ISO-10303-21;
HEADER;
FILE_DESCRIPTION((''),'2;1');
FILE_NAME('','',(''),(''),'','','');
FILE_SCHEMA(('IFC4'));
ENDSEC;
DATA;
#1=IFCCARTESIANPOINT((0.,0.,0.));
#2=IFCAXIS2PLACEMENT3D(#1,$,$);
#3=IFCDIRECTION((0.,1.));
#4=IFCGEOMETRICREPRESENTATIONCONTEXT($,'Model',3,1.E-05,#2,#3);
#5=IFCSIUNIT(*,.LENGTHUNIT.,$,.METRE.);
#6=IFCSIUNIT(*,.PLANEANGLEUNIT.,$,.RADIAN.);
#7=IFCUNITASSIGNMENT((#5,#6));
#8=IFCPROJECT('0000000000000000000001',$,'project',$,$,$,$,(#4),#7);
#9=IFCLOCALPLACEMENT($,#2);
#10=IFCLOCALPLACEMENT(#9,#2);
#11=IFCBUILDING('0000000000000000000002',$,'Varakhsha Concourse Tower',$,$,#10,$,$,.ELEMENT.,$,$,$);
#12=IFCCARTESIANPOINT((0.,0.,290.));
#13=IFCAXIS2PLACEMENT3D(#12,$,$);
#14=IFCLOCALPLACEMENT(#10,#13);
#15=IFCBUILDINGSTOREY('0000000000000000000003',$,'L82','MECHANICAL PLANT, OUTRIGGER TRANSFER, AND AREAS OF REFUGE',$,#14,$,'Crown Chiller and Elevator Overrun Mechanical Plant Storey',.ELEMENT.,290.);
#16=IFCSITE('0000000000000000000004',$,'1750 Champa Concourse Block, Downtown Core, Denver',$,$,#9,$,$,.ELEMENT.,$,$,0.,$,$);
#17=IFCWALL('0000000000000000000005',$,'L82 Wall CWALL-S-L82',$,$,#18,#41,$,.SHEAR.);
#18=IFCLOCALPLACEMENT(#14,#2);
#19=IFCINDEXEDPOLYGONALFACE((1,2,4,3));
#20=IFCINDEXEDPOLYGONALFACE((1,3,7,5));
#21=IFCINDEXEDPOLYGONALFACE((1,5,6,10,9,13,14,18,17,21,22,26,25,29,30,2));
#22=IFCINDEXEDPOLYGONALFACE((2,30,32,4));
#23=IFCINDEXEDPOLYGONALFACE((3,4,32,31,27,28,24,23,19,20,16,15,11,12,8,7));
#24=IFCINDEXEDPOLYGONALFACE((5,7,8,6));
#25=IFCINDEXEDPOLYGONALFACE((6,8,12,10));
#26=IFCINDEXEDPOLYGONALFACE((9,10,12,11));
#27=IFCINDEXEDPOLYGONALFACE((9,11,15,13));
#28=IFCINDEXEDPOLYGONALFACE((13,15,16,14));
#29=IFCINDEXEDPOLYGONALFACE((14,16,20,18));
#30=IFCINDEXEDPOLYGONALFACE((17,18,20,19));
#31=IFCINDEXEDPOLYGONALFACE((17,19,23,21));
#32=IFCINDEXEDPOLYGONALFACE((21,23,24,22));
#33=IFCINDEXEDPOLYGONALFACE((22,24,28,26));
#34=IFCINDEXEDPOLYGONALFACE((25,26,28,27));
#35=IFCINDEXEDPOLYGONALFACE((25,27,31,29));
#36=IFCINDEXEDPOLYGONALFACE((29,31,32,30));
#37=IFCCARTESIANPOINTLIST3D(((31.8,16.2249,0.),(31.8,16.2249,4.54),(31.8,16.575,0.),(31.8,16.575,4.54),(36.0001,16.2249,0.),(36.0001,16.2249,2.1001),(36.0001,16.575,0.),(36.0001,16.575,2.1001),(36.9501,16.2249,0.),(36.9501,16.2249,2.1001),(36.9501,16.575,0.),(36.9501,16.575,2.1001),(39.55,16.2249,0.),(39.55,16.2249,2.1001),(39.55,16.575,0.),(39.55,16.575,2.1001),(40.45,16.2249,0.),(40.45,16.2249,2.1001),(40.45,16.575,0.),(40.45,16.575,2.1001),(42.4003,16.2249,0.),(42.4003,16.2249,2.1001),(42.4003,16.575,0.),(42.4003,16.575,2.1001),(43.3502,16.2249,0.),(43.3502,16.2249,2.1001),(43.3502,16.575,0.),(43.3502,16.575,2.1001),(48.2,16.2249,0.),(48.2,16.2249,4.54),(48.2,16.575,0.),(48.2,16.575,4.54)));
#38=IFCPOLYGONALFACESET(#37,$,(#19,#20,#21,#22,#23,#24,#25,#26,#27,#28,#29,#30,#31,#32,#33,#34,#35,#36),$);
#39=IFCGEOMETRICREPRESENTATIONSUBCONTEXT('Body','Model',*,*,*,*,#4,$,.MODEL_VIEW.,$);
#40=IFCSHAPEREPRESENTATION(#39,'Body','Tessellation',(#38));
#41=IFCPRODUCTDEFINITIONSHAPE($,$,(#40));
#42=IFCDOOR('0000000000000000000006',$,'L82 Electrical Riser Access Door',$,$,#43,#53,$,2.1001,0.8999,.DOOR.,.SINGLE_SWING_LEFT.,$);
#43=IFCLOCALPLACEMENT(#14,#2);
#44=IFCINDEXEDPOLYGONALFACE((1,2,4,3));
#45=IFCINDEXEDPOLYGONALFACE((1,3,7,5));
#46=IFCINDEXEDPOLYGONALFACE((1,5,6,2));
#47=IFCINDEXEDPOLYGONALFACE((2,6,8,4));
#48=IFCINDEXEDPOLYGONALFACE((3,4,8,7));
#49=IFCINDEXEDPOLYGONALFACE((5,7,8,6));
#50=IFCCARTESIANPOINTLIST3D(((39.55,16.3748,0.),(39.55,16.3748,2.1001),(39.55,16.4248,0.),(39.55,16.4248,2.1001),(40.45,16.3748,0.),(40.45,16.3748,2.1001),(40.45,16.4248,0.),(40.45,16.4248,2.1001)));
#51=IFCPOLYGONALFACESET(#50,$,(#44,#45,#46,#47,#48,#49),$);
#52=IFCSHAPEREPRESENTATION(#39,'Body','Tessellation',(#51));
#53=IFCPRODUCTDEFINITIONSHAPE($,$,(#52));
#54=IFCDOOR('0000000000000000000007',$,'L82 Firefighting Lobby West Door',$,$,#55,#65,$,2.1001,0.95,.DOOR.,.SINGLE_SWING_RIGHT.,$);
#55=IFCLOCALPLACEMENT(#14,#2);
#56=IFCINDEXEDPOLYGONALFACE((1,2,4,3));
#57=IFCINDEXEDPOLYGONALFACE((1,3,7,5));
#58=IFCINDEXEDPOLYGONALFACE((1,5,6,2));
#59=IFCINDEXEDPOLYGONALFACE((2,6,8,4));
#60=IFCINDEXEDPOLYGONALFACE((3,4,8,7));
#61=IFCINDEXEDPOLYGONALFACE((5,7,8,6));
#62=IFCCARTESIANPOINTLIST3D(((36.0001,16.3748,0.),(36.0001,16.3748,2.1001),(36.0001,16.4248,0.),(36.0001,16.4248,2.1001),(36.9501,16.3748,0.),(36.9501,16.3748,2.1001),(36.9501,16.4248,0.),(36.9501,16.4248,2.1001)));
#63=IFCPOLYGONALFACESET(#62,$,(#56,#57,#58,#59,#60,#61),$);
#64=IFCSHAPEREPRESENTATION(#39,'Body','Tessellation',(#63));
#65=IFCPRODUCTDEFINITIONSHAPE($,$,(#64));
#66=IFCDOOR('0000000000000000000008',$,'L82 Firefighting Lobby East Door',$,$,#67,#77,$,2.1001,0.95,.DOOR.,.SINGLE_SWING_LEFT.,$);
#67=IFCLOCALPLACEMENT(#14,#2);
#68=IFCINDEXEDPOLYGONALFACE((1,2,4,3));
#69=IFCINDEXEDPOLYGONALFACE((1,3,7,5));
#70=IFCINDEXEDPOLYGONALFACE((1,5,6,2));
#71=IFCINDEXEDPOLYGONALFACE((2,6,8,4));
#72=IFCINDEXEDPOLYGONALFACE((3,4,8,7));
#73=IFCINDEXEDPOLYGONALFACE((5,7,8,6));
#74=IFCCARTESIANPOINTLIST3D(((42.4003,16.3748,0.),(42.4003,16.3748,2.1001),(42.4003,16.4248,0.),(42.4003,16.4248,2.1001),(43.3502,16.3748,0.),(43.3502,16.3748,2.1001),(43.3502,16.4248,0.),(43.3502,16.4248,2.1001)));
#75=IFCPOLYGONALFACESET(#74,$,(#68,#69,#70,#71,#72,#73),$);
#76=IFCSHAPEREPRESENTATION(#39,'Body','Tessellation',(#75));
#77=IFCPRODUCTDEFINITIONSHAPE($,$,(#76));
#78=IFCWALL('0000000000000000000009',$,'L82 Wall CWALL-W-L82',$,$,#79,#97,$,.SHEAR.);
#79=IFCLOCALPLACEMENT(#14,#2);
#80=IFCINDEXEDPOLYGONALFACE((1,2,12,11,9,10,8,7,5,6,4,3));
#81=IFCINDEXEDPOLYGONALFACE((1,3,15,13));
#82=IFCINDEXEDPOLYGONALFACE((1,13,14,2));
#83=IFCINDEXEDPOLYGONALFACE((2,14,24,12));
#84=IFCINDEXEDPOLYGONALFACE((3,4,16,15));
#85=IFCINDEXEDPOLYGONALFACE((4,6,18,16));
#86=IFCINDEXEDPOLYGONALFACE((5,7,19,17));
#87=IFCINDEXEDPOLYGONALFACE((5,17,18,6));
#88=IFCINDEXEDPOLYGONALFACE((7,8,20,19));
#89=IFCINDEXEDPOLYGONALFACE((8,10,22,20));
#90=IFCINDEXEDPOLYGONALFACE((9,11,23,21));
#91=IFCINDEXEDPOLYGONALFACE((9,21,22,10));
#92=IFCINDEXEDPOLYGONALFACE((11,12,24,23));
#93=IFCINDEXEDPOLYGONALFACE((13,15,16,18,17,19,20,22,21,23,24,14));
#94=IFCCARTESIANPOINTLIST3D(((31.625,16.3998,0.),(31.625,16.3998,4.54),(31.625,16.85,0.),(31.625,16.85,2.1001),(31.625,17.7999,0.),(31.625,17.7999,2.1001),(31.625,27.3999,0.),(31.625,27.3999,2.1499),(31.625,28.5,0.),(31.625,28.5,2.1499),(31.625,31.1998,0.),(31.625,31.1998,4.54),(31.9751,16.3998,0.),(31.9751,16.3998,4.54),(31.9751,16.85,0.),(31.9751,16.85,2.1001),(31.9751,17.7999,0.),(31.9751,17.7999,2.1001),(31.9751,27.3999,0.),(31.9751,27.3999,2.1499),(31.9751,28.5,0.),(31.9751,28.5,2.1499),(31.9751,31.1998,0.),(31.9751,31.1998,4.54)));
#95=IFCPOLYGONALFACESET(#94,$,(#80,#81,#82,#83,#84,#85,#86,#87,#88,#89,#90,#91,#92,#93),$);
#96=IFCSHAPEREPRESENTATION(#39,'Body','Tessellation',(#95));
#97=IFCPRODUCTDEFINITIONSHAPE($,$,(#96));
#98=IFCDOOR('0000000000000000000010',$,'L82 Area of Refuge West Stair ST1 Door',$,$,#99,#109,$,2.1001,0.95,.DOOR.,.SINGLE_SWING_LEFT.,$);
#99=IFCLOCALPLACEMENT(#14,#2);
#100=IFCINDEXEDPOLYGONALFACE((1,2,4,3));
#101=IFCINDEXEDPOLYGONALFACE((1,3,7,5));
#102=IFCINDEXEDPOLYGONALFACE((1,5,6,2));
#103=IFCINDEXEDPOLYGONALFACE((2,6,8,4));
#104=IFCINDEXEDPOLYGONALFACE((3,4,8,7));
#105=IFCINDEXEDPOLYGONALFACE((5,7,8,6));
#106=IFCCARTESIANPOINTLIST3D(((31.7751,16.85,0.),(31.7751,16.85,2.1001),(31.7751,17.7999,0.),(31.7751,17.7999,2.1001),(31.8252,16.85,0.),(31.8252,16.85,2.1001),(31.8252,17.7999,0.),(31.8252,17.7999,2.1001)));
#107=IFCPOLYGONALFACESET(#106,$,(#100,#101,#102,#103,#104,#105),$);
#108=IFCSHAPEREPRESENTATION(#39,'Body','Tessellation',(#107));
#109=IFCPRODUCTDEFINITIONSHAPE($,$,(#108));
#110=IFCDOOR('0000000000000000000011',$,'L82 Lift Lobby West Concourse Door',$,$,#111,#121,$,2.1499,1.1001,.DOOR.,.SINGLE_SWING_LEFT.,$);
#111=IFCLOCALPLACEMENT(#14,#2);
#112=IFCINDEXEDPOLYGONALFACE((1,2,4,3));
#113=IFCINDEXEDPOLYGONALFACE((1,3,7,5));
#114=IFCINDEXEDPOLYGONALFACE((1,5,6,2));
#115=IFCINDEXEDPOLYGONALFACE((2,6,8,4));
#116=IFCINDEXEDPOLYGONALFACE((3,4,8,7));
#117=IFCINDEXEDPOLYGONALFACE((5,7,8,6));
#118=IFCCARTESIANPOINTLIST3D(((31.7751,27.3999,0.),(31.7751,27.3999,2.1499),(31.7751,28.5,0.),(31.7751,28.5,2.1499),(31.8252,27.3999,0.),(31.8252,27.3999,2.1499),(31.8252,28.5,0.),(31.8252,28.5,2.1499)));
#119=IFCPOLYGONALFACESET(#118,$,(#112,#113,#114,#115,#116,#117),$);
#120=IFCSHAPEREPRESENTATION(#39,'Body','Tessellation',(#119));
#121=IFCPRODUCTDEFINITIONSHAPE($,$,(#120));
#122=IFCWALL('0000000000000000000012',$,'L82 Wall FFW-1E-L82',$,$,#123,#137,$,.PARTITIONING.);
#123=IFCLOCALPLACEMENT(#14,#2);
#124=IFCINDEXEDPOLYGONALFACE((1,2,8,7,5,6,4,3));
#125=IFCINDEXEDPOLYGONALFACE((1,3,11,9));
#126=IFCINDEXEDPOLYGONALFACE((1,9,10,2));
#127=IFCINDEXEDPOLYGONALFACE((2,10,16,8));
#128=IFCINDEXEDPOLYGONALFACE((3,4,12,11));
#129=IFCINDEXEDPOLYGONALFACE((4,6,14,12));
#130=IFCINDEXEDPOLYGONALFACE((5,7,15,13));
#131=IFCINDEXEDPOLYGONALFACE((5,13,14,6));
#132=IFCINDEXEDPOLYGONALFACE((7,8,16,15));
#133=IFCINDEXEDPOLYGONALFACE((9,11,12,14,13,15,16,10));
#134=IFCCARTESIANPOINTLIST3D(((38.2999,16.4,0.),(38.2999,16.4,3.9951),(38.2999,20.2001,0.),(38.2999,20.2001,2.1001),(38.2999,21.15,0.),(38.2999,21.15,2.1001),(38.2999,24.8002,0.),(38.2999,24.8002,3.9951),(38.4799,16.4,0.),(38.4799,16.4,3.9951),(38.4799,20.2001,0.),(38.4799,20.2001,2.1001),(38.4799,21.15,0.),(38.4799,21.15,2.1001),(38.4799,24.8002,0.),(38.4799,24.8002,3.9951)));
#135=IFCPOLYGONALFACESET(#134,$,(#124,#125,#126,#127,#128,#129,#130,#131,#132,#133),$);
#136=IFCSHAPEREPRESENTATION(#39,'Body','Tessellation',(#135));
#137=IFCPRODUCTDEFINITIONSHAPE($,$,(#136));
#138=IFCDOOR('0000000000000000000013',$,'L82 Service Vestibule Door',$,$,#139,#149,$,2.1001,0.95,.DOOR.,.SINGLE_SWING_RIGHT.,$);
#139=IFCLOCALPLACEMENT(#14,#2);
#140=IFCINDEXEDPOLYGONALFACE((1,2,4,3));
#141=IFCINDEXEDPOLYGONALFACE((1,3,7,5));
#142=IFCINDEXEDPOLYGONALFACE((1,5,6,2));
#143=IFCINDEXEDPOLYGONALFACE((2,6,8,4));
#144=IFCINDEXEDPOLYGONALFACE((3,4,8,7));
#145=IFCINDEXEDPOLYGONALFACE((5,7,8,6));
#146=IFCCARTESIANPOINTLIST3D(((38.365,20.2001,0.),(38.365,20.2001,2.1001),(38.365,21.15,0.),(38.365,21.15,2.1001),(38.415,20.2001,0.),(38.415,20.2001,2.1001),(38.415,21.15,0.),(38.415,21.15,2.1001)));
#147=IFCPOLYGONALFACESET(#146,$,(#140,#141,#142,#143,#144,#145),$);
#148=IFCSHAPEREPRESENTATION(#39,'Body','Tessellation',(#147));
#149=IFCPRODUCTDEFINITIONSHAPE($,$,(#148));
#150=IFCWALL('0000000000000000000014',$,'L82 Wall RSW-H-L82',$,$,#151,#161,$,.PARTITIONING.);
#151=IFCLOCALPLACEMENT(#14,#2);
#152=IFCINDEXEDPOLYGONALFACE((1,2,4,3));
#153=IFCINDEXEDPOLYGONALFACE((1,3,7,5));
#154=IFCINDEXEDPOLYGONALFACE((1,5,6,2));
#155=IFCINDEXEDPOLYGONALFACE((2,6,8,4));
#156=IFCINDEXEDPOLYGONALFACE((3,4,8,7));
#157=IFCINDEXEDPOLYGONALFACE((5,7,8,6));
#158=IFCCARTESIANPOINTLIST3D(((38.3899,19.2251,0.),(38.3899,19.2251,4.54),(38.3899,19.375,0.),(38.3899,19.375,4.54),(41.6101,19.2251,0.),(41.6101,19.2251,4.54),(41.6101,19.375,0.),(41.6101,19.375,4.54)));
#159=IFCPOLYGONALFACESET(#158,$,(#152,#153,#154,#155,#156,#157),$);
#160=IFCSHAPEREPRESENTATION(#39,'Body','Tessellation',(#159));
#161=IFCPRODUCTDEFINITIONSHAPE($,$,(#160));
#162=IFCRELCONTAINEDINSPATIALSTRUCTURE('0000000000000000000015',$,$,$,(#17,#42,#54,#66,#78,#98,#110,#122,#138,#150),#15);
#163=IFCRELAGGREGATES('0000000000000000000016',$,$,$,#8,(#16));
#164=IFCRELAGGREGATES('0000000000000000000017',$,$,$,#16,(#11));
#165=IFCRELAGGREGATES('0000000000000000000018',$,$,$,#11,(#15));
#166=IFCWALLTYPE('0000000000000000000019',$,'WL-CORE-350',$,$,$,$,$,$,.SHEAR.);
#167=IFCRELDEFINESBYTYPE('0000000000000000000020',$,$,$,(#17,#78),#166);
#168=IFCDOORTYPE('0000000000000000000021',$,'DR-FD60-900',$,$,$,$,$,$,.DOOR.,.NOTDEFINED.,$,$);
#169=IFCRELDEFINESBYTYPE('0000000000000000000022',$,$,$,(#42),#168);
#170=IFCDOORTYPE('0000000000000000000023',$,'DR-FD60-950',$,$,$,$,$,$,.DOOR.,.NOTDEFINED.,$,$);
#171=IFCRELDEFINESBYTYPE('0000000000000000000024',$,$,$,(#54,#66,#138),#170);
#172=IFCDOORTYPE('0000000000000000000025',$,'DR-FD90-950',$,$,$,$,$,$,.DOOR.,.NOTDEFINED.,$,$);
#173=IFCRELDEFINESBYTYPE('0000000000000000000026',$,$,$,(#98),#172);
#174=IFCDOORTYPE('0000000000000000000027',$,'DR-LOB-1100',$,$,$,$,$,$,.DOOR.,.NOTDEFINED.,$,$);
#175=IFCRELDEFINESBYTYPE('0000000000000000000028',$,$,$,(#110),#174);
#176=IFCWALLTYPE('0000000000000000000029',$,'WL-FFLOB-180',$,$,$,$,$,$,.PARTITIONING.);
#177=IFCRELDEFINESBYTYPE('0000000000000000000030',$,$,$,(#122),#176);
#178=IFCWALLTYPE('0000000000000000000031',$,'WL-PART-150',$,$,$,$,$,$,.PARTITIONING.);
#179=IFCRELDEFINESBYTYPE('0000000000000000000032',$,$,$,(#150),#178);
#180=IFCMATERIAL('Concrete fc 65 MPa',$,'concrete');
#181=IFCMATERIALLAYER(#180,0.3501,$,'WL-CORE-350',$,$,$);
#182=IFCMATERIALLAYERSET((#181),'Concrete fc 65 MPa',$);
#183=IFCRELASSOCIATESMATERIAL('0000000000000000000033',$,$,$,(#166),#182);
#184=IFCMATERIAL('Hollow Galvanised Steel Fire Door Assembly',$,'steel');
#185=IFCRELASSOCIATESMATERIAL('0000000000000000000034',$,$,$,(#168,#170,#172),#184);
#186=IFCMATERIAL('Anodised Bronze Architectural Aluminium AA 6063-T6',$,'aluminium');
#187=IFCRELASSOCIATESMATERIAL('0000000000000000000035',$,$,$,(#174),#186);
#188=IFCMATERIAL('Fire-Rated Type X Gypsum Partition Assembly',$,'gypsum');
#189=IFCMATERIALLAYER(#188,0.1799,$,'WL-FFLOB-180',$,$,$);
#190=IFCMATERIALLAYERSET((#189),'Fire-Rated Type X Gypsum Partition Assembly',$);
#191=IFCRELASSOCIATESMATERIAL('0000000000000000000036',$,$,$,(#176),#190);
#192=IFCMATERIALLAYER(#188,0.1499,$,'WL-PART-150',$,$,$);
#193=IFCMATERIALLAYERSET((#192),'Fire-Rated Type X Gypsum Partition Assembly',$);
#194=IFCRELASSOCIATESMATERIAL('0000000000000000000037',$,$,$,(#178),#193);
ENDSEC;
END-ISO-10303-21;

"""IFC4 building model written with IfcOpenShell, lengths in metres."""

from ifc_helpers import new_model, si_unit, direction, frame, frame_2d, origin, place, context, subcontext, project, spatial, rectangle, extrude, material, layer, layer_set, type_object, element, fill, save


model = new_model("IFC4")

# Units and contexts
model_context = context("Model", 3, precision=1e-05, world=origin(), true_north=direction((0.0, 1.0)))
body_context = subcontext(model_context, "Body", "Model", "MODEL_VIEW")
ifc_project = project(units=[si_unit("LENGTHUNIT", "METRE"), si_unit("PLANEANGLEUNIT", "RADIAN")], contexts=[model_context])

# Site, building, storey
site_placement = place(None, origin())
site = spatial("IfcSite", under=ifc_project, at=site_placement, Name="1750 Champa Concourse Block, Downtown Core, Denver", CompositionType="ELEMENT", RefElevation=0.0)
building_placement = place(site_placement, origin())
building = spatial("IfcBuilding", under=site, at=building_placement, Name="Varakhsha Concourse Tower", CompositionType="ELEMENT")
storey_placement = place(building_placement, frame((0.0, 0.0, 290.0)))
storey = spatial("IfcBuildingStorey", under=building, at=storey_placement, Name="L82", Description="MECHANICAL PLANT, OUTRIGGER TRANSFER, AND AREAS OF REFUGE", LongName="Crown Chiller and Elevator Overrun Mechanical Plant Storey", CompositionType="ELEMENT", Elevation=290.0)

# Shared definitions
ifc_material_1 = material(Name="Anodised Bronze Architectural Aluminium AA 6063-T6", Category="aluminium")

# Walls, openings, doors
ifc_material_2 = material(Name="Concrete fc 65 MPa", Category="concrete")
ifc_layer_1 = layer(ifc_material_2, 0.3501, Name="WL-CORE-350")
ifc_layer_set_1 = layer_set([ifc_layer_1], Name="Concrete fc 65 MPa")
wall_type_1 = type_object("IfcWallType", Name="WL-CORE-350", PredefinedType="SHEAR", material=ifc_layer_set_1)
wall_1_placement = place(storey_placement, frame((31.8, 16.3999, 0.0), z_axis=(0.0, 0.0, 1.0), x_axis=(1.0, 0.0, 0.0)))
wall_1 = element("IfcWall", 1, at=wall_1_placement, inside=storey, type_object=wall_type_1, Name="L82 Wall CWALL-S-L82", PredefinedType="SHEAR", context=body_context, shape_type="SweptSolid", body=[
    extrude(rectangle(XDim=16.3999, YDim=0.3501, at=frame_2d((8.2, 0.0))), origin(), (0.0, 0.0, 1.0), 4.54),
])
opening_1_placement = place(wall_1_placement, frame((7.75, 0.0, 0.0)))
opening_1 = element("IfcOpeningElement", 2, at=opening_1_placement, cuts=wall_1, PredefinedType="OPENING", context=body_context, shape_type="SweptSolid", body=[
    extrude(rectangle(XDim=0.8999, YDim=2.1001, at=frame_2d((0.45, 1.05))), frame((0.0, 0.1851, 0.0), z_axis=(0.0, -1.0, 0.0), x_axis=(1.0, 0.0, 0.0)), (0.0, 0.0, 1.0), 0.3701),
])
opening_2_placement = place(wall_1_placement, frame((4.2, 0.0, 0.0)))
opening_2 = element("IfcOpeningElement", 3, at=opening_2_placement, cuts=wall_1, PredefinedType="OPENING", context=body_context, shape_type="SweptSolid", body=[
    extrude(rectangle(XDim=0.95, YDim=2.1001, at=frame_2d((0.4751, 1.05))), frame((0.0, 0.1851, 0.0), z_axis=(0.0, -1.0, 0.0), x_axis=(1.0, 0.0, 0.0)), (0.0, 0.0, 1.0), 0.3701),
])
opening_3_placement = place(wall_1_placement, frame((10.6001, 0.0, 0.0)))
opening_3 = element("IfcOpeningElement", 4, at=opening_3_placement, cuts=wall_1, PredefinedType="OPENING", context=body_context, shape_type="SweptSolid", body=[
    extrude(rectangle(XDim=0.95, YDim=2.1001, at=frame_2d((0.4751, 1.05))), frame((0.0, 0.1851, 0.0), z_axis=(0.0, -1.0, 0.0), x_axis=(1.0, 0.0, 0.0)), (0.0, 0.0, 1.0), 0.3701),
])
ifc_material_3 = material(Name="Hollow Galvanised Steel Fire Door Assembly", Category="steel")
door_type_1 = type_object("IfcDoorType", Name="DR-FD60-900", OperationType="NOTDEFINED", PredefinedType="DOOR", material=ifc_material_3)
door_1_placement = place(opening_1_placement, origin())
door_1 = element("IfcDoor", 5, at=door_1_placement, inside=storey, type_object=door_type_1, Name="L82 Electrical Riser Access Door", OperationType="SINGLE_SWING_LEFT", OverallHeight=2.1001, OverallWidth=0.8999, PredefinedType="DOOR", context=body_context, shape_type="SweptSolid", body=[
    extrude(rectangle(XDim=0.8999, YDim=2.1001, at=frame_2d((0.45, 1.05))), frame((0.0, 0.0249, 0.0), z_axis=(0.0, -1.0, 0.0), x_axis=(1.0, 0.0, 0.0)), (0.0, 0.0, 1.0), 0.05),
])
fill(opening_1, door_1)
door_type_2 = type_object("IfcDoorType", Name="DR-FD60-950", OperationType="NOTDEFINED", PredefinedType="DOOR", material=ifc_material_3)
door_2_placement = place(opening_2_placement, origin())
door_2 = element("IfcDoor", 6, at=door_2_placement, inside=storey, type_object=door_type_2, Name="L82 Firefighting Lobby West Door", OperationType="SINGLE_SWING_RIGHT", OverallHeight=2.1001, OverallWidth=0.95, PredefinedType="DOOR", context=body_context, shape_type="SweptSolid", body=[
    extrude(rectangle(XDim=0.95, YDim=2.1001, at=frame_2d((0.4751, 1.05))), frame((0.0, 0.0249, 0.0), z_axis=(0.0, -1.0, 0.0), x_axis=(1.0, 0.0, 0.0)), (0.0, 0.0, 1.0), 0.05),
])
fill(opening_2, door_2)
door_3_placement = place(opening_3_placement, origin())
door_3 = element("IfcDoor", 7, at=door_3_placement, inside=storey, type_object=door_type_2, Name="L82 Firefighting Lobby East Door", OperationType="SINGLE_SWING_LEFT", OverallHeight=2.1001, OverallWidth=0.95, PredefinedType="DOOR", context=body_context, shape_type="SweptSolid", body=[
    extrude(rectangle(XDim=0.95, YDim=2.1001, at=frame_2d((0.4751, 1.05))), frame((0.0, 0.0249, 0.0), z_axis=(0.0, -1.0, 0.0), x_axis=(1.0, 0.0, 0.0)), (0.0, 0.0, 1.0), 0.05),
])
fill(opening_3, door_3)
wall_2_placement = place(storey_placement, frame((31.8, 16.3999, 0.0), z_axis=(0.0, 0.0, 1.0), x_axis=(0.0, 1.0, 0.0)))
wall_2 = element("IfcWall", 8, at=wall_2_placement, inside=storey, type_object=wall_type_1, Name="L82 Wall CWALL-W-L82", PredefinedType="SHEAR", context=body_context, shape_type="SweptSolid", body=[
    extrude(rectangle(XDim=14.8, YDim=0.3501, at=frame_2d((7.3999, 0.0))), origin(), (0.0, 0.0, 1.0), 4.54),
])
opening_4_placement = place(wall_2_placement, frame((11.0, 0.0, 0.0)))
opening_4 = element("IfcOpeningElement", 9, at=opening_4_placement, cuts=wall_2, PredefinedType="OPENING", context=body_context, shape_type="SweptSolid", body=[
    extrude(rectangle(XDim=1.1001, YDim=2.1499, at=frame_2d((0.55, 1.075))), frame((0.0, 0.1851, 0.0), z_axis=(0.0, -1.0, 0.0), x_axis=(1.0, 0.0, 0.0)), (0.0, 0.0, 1.0), 0.3701),
])
opening_5_placement = place(wall_2_placement, frame((0.45, 0.0, 0.0)))
opening_5 = element("IfcOpeningElement", 10, at=opening_5_placement, cuts=wall_2, PredefinedType="OPENING", context=body_context, shape_type="SweptSolid", body=[
    extrude(rectangle(XDim=0.95, YDim=2.1001, at=frame_2d((0.4751, 1.05))), frame((0.0, 0.1851, 0.0), z_axis=(0.0, -1.0, 0.0), x_axis=(1.0, 0.0, 0.0)), (0.0, 0.0, 1.0), 0.3701),
])
door_type_3 = type_object("IfcDoorType", Name="DR-FD90-950", OperationType="NOTDEFINED", PredefinedType="DOOR", material=ifc_material_3)
door_4_placement = place(opening_5_placement, origin())
door_4 = element("IfcDoor", 11, at=door_4_placement, inside=storey, type_object=door_type_3, Name="L82 Area of Refuge West Stair ST1 Door", OperationType="SINGLE_SWING_LEFT", OverallHeight=2.1001, OverallWidth=0.95, PredefinedType="DOOR", context=body_context, shape_type="SweptSolid", body=[
    extrude(rectangle(XDim=0.95, YDim=2.1001, at=frame_2d((0.4751, 1.05))), frame((0.0, 0.0249, 0.0), z_axis=(0.0, -1.0, 0.0), x_axis=(1.0, 0.0, 0.0)), (0.0, 0.0, 1.0), 0.05),
])
fill(opening_5, door_4)
door_type_4 = type_object("IfcDoorType", Name="DR-LOB-1100", OperationType="NOTDEFINED", PredefinedType="DOOR", material=ifc_material_1)
door_5_placement = place(opening_4_placement, origin())
door_5 = element("IfcDoor", 12, at=door_5_placement, inside=storey, type_object=door_type_4, Name="L82 Lift Lobby West Concourse Door", OperationType="SINGLE_SWING_LEFT", OverallHeight=2.1499, OverallWidth=1.1001, PredefinedType="DOOR", context=body_context, shape_type="SweptSolid", body=[
    extrude(rectangle(XDim=1.1001, YDim=2.1499, at=frame_2d((0.55, 1.075))), frame((0.0, 0.0249, 0.0), z_axis=(0.0, -1.0, 0.0), x_axis=(1.0, 0.0, 0.0)), (0.0, 0.0, 1.0), 0.05),
])
fill(opening_4, door_5)

# Wall, opening, door
ifc_material_4 = material(Name="Fire-Rated Type X Gypsum Partition Assembly", Category="gypsum")
ifc_layer_2 = layer(ifc_material_4, 0.1799, Name="WL-FFLOB-180")
ifc_layer_set_2 = layer_set([ifc_layer_2], Name="Fire-Rated Type X Gypsum Partition Assembly")
wall_type_2 = type_object("IfcWallType", Name="WL-FFLOB-180", PredefinedType="PARTITIONING", material=ifc_layer_set_2)
wall_3_placement = place(storey_placement, frame((38.3899, 16.3999, 0.0), z_axis=(0.0, 0.0, 1.0), x_axis=(0.0, 1.0, 0.0)))
wall_3 = element("IfcWall", 13, at=wall_3_placement, inside=storey, type_object=wall_type_2, Name="L82 Wall FFW-1E-L82", PredefinedType="PARTITIONING", context=body_context, shape_type="SweptSolid", body=[
    extrude(rectangle(XDim=8.4001, YDim=0.1799, at=frame_2d((4.2002, 0.0))), origin(), (0.0, 0.0, 1.0), 3.9951),
])
opening_6_placement = place(wall_3_placement, frame((3.8, 0.0, 0.0)))
opening_6 = element("IfcOpeningElement", 14, at=opening_6_placement, cuts=wall_3, PredefinedType="OPENING", context=body_context, shape_type="SweptSolid", body=[
    extrude(rectangle(XDim=0.95, YDim=2.1001, at=frame_2d((0.4751, 1.05))), frame((0.0, 0.0999, 0.0), z_axis=(0.0, -1.0, 0.0), x_axis=(1.0, 0.0, 0.0)), (0.0, 0.0, 1.0), 0.2),
])
door_6_placement = place(opening_6_placement, origin())
door_6 = element("IfcDoor", 15, at=door_6_placement, inside=storey, type_object=door_type_2, Name="L82 Service Vestibule Door", OperationType="SINGLE_SWING_RIGHT", OverallHeight=2.1001, OverallWidth=0.95, PredefinedType="DOOR", context=body_context, shape_type="SweptSolid", body=[
    extrude(rectangle(XDim=0.95, YDim=2.1001, at=frame_2d((0.4751, 1.05))), frame((0.0, 0.0249, 0.0), z_axis=(0.0, -1.0, 0.0), x_axis=(1.0, 0.0, 0.0)), (0.0, 0.0, 1.0), 0.05),
])
fill(opening_6, door_6)

# Wall
ifc_layer_3 = layer(ifc_material_4, 0.1499, Name="WL-PART-150")
ifc_layer_set_3 = layer_set([ifc_layer_3], Name="Fire-Rated Type X Gypsum Partition Assembly")
wall_type_3 = type_object("IfcWallType", Name="WL-PART-150", PredefinedType="PARTITIONING", material=ifc_layer_set_3)
wall_4_placement = place(storey_placement, frame((38.3899, 19.3, 0.0), z_axis=(0.0, 0.0, 1.0), x_axis=(1.0, 0.0, 0.0)))
element("IfcWall", 16, at=wall_4_placement, inside=storey, type_object=wall_type_3, Name="L82 Wall RSW-H-L82", PredefinedType="PARTITIONING", context=body_context, shape_type="SweptSolid", body=[
    extrude(rectangle(XDim=3.2202, YDim=0.1499, at=frame_2d((1.6101, 0.0))), origin(), (0.0, 0.0, 1.0), 4.54),
])

save(model, "model.ifc")
